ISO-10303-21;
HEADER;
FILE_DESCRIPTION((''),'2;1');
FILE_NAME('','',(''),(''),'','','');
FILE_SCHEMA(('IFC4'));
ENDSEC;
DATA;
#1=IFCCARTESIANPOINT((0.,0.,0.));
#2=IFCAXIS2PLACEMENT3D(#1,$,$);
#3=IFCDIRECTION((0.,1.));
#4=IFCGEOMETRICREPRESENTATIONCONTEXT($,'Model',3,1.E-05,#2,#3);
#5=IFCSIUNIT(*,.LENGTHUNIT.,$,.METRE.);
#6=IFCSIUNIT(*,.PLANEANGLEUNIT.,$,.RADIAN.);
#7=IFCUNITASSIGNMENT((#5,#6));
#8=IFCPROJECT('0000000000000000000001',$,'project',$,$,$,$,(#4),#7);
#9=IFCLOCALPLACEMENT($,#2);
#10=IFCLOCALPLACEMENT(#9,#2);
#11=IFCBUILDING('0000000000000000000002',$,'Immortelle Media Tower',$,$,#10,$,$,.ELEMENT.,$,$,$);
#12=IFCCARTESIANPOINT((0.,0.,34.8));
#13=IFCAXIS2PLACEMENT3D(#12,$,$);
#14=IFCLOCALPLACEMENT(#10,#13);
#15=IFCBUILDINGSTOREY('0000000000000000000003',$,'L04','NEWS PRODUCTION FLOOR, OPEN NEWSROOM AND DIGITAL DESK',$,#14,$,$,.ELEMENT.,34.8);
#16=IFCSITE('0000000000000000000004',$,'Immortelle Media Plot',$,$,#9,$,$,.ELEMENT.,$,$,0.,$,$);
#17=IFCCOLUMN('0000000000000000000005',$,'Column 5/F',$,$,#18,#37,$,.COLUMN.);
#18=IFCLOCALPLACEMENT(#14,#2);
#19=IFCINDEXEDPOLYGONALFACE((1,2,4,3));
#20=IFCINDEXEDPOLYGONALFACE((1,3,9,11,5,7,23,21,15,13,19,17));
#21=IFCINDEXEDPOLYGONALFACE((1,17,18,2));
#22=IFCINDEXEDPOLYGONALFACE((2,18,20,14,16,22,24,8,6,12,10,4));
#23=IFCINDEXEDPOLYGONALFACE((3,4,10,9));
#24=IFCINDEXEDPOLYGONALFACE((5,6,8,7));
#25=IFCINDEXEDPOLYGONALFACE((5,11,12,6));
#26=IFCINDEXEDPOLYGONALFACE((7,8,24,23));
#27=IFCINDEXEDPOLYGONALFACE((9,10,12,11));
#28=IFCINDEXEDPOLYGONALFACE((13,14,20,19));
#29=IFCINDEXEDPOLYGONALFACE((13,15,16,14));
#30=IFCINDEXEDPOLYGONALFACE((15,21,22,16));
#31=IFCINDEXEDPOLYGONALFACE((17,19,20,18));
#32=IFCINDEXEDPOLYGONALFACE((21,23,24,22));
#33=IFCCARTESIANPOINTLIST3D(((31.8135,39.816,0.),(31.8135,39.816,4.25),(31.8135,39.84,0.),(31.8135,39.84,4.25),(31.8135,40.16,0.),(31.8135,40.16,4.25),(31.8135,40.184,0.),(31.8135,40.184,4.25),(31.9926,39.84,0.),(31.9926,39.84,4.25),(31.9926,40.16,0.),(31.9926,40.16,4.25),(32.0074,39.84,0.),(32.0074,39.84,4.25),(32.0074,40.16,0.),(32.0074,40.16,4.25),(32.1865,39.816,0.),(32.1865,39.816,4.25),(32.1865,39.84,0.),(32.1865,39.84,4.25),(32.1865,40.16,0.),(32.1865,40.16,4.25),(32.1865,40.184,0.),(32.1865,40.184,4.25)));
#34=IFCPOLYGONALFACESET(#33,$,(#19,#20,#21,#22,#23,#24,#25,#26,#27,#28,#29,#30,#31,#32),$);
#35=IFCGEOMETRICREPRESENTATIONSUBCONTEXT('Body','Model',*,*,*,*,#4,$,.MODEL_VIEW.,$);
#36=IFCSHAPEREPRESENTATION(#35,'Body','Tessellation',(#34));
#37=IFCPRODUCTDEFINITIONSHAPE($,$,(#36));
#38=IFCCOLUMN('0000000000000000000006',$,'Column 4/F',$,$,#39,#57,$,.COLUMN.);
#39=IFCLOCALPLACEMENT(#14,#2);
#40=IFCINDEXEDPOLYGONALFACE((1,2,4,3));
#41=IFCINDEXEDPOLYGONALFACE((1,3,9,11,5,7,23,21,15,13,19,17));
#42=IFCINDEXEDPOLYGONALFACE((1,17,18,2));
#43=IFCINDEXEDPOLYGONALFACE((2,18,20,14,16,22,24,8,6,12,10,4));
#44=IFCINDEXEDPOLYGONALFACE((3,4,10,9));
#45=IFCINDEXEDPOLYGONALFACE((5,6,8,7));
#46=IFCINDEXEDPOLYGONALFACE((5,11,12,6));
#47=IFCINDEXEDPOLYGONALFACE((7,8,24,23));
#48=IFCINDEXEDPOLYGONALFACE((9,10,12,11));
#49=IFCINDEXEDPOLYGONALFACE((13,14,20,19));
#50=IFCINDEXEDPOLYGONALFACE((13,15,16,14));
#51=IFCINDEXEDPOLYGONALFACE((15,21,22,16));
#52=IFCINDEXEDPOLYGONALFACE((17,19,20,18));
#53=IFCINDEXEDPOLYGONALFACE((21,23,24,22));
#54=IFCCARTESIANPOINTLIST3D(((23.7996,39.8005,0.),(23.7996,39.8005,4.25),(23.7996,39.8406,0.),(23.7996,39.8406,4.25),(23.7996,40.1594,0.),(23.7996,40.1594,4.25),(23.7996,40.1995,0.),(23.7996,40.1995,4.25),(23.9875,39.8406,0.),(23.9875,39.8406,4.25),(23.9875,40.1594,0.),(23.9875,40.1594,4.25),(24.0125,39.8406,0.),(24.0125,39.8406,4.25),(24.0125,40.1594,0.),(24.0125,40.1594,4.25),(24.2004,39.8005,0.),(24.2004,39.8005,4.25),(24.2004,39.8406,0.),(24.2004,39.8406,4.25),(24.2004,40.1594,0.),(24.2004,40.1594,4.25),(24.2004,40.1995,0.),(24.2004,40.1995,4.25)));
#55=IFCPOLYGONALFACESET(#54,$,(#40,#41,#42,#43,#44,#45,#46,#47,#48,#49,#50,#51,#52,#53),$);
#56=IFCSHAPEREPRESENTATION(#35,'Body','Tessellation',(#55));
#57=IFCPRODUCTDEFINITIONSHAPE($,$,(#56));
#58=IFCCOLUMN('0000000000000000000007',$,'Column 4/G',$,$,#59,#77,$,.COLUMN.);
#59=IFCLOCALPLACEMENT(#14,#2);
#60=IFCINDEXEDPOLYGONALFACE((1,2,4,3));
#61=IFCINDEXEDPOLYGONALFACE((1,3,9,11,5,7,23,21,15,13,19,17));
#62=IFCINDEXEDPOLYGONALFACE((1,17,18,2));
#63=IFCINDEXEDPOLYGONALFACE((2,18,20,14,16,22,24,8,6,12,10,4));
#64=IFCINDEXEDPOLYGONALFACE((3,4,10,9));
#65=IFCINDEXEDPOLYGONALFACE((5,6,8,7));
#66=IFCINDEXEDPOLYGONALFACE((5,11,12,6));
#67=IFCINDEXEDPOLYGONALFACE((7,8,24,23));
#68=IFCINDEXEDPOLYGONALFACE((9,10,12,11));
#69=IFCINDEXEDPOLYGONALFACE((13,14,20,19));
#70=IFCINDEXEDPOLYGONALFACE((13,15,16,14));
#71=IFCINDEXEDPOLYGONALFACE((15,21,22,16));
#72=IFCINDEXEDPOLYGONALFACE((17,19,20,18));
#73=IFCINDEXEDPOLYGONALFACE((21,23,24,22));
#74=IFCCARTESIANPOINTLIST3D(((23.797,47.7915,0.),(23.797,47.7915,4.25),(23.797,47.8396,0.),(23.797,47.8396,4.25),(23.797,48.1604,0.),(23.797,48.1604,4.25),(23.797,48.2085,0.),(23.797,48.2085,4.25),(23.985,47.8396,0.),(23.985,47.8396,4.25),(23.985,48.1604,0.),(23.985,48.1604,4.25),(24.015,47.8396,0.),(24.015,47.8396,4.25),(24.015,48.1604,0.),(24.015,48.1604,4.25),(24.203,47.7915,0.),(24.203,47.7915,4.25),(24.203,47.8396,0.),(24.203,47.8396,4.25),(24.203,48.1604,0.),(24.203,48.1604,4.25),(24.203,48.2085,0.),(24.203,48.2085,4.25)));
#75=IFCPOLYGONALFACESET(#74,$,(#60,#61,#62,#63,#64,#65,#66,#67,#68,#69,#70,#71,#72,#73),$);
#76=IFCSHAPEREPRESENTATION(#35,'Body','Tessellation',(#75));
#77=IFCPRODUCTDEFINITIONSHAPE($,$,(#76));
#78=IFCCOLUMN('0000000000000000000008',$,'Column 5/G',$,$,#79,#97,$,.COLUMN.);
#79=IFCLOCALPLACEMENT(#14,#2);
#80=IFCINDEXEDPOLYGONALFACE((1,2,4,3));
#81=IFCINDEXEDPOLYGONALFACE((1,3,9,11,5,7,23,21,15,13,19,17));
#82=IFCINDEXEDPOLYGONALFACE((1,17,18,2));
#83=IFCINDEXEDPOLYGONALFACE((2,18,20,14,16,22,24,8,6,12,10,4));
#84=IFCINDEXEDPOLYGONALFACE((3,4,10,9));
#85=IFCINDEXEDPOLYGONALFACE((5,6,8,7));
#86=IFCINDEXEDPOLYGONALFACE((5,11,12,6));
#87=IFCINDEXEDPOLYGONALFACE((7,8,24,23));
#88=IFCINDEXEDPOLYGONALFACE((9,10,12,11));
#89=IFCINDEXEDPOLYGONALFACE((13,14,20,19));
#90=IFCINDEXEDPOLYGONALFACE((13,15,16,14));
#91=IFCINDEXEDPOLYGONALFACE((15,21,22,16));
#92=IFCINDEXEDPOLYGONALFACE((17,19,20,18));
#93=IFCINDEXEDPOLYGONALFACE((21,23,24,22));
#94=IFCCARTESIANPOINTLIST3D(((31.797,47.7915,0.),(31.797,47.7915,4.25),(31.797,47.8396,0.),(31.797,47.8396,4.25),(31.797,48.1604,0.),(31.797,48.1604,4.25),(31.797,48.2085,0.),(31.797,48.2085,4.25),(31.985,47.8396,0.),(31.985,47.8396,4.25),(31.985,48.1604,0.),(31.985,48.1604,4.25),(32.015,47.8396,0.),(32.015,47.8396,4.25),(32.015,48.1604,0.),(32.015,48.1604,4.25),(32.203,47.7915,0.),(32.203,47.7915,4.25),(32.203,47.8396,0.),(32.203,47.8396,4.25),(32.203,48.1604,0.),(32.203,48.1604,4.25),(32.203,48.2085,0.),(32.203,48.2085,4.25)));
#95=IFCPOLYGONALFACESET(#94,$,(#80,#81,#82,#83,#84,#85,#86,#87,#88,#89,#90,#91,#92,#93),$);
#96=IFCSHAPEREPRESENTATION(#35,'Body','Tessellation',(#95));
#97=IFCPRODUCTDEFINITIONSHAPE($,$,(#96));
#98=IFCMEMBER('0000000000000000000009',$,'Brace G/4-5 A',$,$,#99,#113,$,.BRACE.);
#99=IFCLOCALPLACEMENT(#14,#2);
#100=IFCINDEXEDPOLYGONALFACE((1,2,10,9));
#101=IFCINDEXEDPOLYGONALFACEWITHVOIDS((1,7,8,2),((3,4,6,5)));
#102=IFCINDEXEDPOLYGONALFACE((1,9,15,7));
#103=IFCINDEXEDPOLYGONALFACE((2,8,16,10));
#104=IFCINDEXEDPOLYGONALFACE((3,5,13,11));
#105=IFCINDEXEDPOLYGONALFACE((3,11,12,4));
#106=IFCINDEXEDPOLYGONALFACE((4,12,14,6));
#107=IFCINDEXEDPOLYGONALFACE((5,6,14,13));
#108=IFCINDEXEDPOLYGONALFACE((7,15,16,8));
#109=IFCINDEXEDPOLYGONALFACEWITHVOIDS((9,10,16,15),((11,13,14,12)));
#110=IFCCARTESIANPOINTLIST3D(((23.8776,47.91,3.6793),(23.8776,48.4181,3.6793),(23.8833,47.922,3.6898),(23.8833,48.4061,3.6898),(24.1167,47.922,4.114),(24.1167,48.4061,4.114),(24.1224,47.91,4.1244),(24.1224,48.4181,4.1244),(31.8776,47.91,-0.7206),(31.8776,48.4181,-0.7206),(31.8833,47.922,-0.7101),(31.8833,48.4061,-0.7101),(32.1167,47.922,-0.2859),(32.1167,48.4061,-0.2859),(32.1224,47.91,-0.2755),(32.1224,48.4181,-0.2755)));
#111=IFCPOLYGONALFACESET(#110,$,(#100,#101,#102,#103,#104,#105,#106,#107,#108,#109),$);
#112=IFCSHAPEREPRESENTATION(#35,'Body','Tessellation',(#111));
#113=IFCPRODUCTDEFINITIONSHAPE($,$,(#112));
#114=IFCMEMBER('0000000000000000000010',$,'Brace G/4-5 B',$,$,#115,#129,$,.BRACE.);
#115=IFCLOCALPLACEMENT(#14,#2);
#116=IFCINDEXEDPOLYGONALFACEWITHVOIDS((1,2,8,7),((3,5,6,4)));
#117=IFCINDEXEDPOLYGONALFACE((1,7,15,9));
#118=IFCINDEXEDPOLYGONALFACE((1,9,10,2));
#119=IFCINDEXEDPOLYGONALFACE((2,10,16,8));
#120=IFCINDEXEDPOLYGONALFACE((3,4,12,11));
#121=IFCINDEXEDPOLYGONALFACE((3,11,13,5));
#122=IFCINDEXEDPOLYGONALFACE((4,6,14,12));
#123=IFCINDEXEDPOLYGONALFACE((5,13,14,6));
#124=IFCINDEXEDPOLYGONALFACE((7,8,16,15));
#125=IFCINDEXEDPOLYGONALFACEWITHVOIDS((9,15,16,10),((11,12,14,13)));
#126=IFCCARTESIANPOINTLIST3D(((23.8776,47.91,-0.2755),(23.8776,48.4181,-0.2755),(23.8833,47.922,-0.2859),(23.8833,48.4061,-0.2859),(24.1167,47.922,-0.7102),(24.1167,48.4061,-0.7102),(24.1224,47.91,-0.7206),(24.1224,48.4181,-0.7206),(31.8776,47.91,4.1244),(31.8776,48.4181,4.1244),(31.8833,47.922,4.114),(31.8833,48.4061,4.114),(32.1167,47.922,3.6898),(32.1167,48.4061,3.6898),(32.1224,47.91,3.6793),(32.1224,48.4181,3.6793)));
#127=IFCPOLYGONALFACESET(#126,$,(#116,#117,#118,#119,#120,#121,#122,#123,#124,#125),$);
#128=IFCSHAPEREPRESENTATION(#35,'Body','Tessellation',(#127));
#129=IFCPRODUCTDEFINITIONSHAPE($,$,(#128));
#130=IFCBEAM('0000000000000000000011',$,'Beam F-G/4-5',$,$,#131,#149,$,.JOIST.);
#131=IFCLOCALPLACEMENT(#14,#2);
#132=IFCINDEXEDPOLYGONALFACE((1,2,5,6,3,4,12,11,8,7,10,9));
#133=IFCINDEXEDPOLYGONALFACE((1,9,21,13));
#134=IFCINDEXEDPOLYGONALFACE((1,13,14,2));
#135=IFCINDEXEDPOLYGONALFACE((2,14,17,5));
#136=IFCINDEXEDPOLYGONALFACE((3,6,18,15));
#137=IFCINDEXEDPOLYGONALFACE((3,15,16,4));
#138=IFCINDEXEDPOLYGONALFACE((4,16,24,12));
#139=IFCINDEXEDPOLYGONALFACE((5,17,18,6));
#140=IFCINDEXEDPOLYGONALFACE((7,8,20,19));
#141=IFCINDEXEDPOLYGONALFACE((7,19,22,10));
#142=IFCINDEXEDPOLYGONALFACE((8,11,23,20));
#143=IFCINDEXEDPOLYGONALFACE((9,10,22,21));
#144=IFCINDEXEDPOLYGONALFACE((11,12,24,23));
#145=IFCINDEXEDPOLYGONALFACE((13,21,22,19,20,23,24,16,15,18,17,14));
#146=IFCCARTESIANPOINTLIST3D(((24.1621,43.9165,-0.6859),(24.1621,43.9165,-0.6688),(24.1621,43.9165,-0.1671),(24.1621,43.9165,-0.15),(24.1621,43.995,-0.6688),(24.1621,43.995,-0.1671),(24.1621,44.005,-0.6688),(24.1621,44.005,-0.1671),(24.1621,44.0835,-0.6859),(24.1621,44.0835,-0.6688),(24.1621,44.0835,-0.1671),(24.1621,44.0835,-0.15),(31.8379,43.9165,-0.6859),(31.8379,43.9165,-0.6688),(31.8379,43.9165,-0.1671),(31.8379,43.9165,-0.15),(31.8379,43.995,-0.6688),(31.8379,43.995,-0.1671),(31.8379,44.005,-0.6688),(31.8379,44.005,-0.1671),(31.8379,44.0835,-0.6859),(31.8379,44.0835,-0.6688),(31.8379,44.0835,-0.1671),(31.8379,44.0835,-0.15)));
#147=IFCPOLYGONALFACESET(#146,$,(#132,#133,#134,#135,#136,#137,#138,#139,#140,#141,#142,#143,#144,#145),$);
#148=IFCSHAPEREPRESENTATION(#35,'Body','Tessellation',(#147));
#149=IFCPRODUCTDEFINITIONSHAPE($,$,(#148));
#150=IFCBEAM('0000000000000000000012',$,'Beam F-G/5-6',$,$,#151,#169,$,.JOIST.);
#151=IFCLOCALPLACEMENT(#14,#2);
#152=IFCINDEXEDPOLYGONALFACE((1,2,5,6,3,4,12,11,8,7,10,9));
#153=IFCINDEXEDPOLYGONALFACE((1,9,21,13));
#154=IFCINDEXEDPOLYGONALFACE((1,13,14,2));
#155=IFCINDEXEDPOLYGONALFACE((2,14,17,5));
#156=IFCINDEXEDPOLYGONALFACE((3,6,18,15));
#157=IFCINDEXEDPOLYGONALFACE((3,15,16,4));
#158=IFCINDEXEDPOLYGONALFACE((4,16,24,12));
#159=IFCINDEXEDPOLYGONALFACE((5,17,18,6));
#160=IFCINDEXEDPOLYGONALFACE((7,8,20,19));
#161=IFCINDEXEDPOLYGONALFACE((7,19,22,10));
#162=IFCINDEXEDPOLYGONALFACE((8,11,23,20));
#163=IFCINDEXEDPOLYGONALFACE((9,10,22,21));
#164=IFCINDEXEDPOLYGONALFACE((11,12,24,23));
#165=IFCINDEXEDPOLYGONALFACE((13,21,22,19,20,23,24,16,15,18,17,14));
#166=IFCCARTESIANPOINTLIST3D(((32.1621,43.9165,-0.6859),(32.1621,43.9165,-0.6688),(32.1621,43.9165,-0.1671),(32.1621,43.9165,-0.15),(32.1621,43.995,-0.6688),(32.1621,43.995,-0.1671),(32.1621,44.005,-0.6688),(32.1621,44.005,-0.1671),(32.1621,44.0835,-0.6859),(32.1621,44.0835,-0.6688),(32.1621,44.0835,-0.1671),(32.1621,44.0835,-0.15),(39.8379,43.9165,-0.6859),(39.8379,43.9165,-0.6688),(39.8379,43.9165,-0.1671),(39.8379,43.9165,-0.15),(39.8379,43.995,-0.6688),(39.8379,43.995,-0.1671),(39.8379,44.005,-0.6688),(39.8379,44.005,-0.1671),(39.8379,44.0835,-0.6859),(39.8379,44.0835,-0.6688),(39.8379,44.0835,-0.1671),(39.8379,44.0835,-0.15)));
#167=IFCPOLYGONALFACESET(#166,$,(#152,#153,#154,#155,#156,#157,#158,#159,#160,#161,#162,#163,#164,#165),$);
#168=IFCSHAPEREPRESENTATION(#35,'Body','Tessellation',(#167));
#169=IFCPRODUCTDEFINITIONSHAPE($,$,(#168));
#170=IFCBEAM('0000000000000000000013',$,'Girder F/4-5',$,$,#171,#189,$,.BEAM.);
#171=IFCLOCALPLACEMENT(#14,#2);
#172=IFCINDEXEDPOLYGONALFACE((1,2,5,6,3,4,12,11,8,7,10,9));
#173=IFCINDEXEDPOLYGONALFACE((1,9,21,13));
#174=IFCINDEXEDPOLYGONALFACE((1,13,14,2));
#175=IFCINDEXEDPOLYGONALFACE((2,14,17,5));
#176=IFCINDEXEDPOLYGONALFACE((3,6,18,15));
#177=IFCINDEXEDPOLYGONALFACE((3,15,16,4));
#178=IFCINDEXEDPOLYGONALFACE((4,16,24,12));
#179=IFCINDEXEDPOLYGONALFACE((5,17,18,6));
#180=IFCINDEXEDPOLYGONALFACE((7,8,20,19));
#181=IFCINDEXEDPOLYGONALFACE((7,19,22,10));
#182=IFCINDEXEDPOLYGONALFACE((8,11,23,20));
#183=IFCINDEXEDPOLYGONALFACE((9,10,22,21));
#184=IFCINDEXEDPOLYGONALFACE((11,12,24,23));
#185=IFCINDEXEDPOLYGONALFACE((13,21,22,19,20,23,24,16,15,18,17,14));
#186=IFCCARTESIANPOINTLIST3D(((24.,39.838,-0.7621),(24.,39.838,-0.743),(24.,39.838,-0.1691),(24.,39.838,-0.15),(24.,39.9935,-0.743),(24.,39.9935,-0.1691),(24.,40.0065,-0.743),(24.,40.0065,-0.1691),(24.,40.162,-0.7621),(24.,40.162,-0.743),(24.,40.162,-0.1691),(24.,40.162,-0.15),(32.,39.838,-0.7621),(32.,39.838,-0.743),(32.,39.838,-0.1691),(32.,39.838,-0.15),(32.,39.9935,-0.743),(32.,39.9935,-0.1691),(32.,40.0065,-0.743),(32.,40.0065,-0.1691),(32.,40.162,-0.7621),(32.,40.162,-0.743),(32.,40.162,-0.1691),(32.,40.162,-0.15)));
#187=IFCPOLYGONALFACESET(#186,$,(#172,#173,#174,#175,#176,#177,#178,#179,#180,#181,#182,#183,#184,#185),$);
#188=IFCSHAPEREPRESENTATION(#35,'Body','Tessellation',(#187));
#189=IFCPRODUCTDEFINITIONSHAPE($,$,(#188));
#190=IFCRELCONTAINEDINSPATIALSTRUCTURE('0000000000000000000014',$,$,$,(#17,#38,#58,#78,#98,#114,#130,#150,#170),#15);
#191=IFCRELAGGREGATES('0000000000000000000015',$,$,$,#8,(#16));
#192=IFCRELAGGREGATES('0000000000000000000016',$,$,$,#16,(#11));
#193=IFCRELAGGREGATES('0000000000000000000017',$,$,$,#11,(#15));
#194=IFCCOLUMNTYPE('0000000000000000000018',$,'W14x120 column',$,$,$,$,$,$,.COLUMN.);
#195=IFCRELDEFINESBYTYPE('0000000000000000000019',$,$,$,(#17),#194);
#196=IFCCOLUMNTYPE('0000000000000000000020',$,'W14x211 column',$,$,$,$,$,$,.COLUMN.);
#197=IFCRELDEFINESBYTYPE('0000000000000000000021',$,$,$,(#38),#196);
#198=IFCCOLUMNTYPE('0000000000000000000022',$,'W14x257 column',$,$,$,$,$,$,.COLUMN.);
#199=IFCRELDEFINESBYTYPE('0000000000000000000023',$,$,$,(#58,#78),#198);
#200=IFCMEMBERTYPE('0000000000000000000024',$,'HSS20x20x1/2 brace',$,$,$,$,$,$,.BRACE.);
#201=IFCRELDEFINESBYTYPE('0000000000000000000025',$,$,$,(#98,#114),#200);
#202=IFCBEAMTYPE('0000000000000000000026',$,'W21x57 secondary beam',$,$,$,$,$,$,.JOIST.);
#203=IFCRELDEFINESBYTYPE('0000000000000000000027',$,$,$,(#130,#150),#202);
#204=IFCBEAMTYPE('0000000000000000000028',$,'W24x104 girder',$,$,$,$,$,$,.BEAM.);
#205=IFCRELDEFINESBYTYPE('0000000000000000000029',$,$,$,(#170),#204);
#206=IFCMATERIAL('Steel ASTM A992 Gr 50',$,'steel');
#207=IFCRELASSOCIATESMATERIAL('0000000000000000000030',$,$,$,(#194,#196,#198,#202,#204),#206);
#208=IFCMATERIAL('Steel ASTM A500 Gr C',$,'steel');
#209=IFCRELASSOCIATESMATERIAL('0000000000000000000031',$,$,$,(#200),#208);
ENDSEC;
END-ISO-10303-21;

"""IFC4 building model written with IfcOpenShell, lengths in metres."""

from ifc_helpers import new_model, si_unit, direction, frame, origin, origin_2d, place, context, subcontext, project, spatial, hollow_rectangle, i_section, extrude, material, material_profile, profile_set, type_object, element, save


model = new_model("IFC4")

# Units and contexts
model_context = context("Model", 3, precision=1e-05, world=origin(), true_north=direction((0.0, 1.0)))
body_context = subcontext(model_context, "Body", "Model", "MODEL_VIEW")
ifc_project = project(units=[si_unit("LENGTHUNIT", "METRE"), si_unit("PLANEANGLEUNIT", "RADIAN")], contexts=[model_context])

# Site, building, storey
site_placement = place(None, origin())
site = spatial("IfcSite", under=ifc_project, at=site_placement, Name="Immortelle Media Plot", CompositionType="ELEMENT", RefElevation=0.0)
building_placement = place(site_placement, origin())
building = spatial("IfcBuilding", under=site, at=building_placement, Name="Immortelle Media Tower", CompositionType="ELEMENT")
storey_placement = place(building_placement, frame((0.0, 0.0, 34.8)))
storey = spatial("IfcBuildingStorey", under=building, at=storey_placement, Name="L04", Description="NEWS PRODUCTION FLOOR, OPEN NEWSROOM AND DIGITAL DESK", CompositionType="ELEMENT", Elevation=34.8)

# Columns
ifc_material_1 = material(Name="Steel ASTM A992 Gr 50", Category="steel")
ifc_material_profile_1 = material_profile(ifc_material_1, i_section(OverallWidth=0.373, OverallDepth=0.3679, WebThickness=0.0149, FlangeThickness=0.0239, at=origin_2d()), Name="W14x120")
ifc_profile_set_1 = profile_set([ifc_material_profile_1], Name="Steel ASTM A992 Gr 50")
column_type_1 = type_object("IfcColumnType", Name="W14x120 column", PredefinedType="COLUMN", material=ifc_profile_set_1)
column_1_placement = place(storey_placement, frame((32.0, 40.0, 0.0), z_axis=(0.0, 0.0, 1.0), x_axis=(1.0, 0.0, 0.0)))
element("IfcColumn", 1, at=column_1_placement, inside=storey, type_object=column_type_1, Name="Column 5/F", PredefinedType="COLUMN", context=body_context, shape_type="SweptSolid", body=[
    extrude(i_section(OverallWidth=0.373, OverallDepth=0.3679, WebThickness=0.0149, FlangeThickness=0.0239, at=origin_2d()), origin(), (0.0, 0.0, 1.0), 4.25),
])
ifc_material_profile_2 = material_profile(ifc_material_1, i_section(OverallWidth=0.4009, OverallDepth=0.3989, WebThickness=0.0249, FlangeThickness=0.04, at=origin_2d()), Name="W14x211")
ifc_profile_set_2 = profile_set([ifc_material_profile_2], Name="Steel ASTM A992 Gr 50")
column_type_2 = type_object("IfcColumnType", Name="W14x211 column", PredefinedType="COLUMN", material=ifc_profile_set_2)
column_2_placement = place(storey_placement, frame((24.0, 40.0, 0.0), z_axis=(0.0, 0.0, 1.0), x_axis=(1.0, 0.0, 0.0)))
element("IfcColumn", 2, at=column_2_placement, inside=storey, type_object=column_type_2, Name="Column 4/F", PredefinedType="COLUMN", context=body_context, shape_type="SweptSolid", body=[
    extrude(i_section(OverallWidth=0.4009, OverallDepth=0.3989, WebThickness=0.0249, FlangeThickness=0.04, at=origin_2d()), origin(), (0.0, 0.0, 1.0), 4.25),
])
ifc_material_profile_3 = material_profile(ifc_material_1, i_section(OverallWidth=0.406, OverallDepth=0.417, WebThickness=0.03, FlangeThickness=0.0481, at=origin_2d()), Name="W14x257")
ifc_profile_set_3 = profile_set([ifc_material_profile_3], Name="Steel ASTM A992 Gr 50")
column_type_3 = type_object("IfcColumnType", Name="W14x257 column", PredefinedType="COLUMN", material=ifc_profile_set_3)
for number, where, z_axis, x_axis, name in (
    (3, (24.0, 48.0, 0.0), (0.0, 0.0, 1.0), (1.0, 0.0, 0.0), "Column 4/G"),
    (4, (32.0, 48.0, 0.0), (0.0, 0.0, 1.0), (1.0, 0.0, 0.0), "Column 5/G"),
):
    element("IfcColumn", number, at=place(storey_placement, frame(where, z_axis=z_axis, x_axis=x_axis)), inside=storey, type_object=column_type_3, Name=name, PredefinedType="COLUMN", context=body_context, shape_type="SweptSolid", body=[
        extrude(i_section(OverallWidth=0.406, OverallDepth=0.417, WebThickness=0.03, FlangeThickness=0.0481, at=origin_2d()), origin(), (0.0, 0.0, 1.0), 4.25),
    ])

# Members
ifc_material_2 = material(Name="Steel ASTM A500 Gr C", Category="steel")
ifc_material_profile_4 = material_profile(ifc_material_2, hollow_rectangle(XDim=0.5081, YDim=0.5081, WallThickness=0.012, at=origin_2d()), Name="HSS20x20x1/2 brace")
ifc_profile_set_4 = profile_set([ifc_material_profile_4], Name="Steel ASTM A500 Gr C")
member_type = type_object("IfcMemberType", Name="HSS20x20x1/2 brace", PredefinedType="BRACE", material=ifc_profile_set_4)
for number, where, z_axis, x_axis, name in (
    (5, (32.0, 48.1641, -0.498), (-0.87622, 0.0, 0.481911), (0.0, -1.0, 0.0), "Brace G/4-5 A"),
    (6, (32.0, 48.1641, 3.9019), (-0.87622, 0.0, -0.481911), (0.0, -1.0, 0.0), "Brace G/4-5 B"),
):
    element("IfcMember", number, at=place(storey_placement, frame(where, z_axis=z_axis, x_axis=x_axis)), inside=storey, type_object=member_type, Name=name, PredefinedType="BRACE", context=body_context, shape_type="SweptSolid", body=[
        extrude(hollow_rectangle(XDim=0.5081, YDim=0.5081, WallThickness=0.012, at=origin_2d()), origin(), (0.0, 0.0, 1.0), 9.1301),
    ])

# Beams
ifc_material_profile_5 = material_profile(ifc_material_1, i_section(OverallWidth=0.167, OverallDepth=0.5359, WebThickness=0.01, FlangeThickness=0.0171, at=origin_2d()), Name="W21x57")
ifc_profile_set_5 = profile_set([ifc_material_profile_5], Name="Steel ASTM A992 Gr 50")
beam_type_1 = type_object("IfcBeamType", Name="W21x57 secondary beam", PredefinedType="JOIST", material=ifc_profile_set_5)
for number, where, z_axis, x_axis, name in (
    (7, (24.1621, 44.0, -0.418), (1.0, 0.0, 0.0), (0.0, 1.0, 0.0), "Beam F-G/4-5"),
    (8, (32.1621, 44.0, -0.418), (1.0, 0.0, 0.0), (0.0, 1.0, 0.0), "Beam F-G/5-6"),
):
    element("IfcBeam", number, at=place(storey_placement, frame(where, z_axis=z_axis, x_axis=x_axis)), inside=storey, type_object=beam_type_1, Name=name, PredefinedType="JOIST", context=body_context, shape_type="SweptSolid", body=[
        extrude(i_section(OverallWidth=0.167, OverallDepth=0.5359, WebThickness=0.01, FlangeThickness=0.0171, at=origin_2d()), origin(), (0.0, 0.0, 1.0), 7.6758),
    ])
ifc_material_profile_6 = material_profile(ifc_material_1, i_section(OverallWidth=0.324, OverallDepth=0.6121, WebThickness=0.0129, FlangeThickness=0.019, at=origin_2d()), Name="W24x104")
ifc_profile_set_6 = profile_set([ifc_material_profile_6], Name="Steel ASTM A992 Gr 50")
beam_type_2 = type_object("IfcBeamType", Name="W24x104 girder", PredefinedType="BEAM", material=ifc_profile_set_6)
for number, where, z_axis, x_axis, name in (
    (9, (24.0, 40.0, -0.4561), (1.0, 0.0, 0.0), (0.0, 1.0, 0.0), "Girder F/4-5"),
):
    element("IfcBeam", number, at=place(storey_placement, frame(where, z_axis=z_axis, x_axis=x_axis)), inside=storey, type_object=beam_type_2, Name=name, PredefinedType="BEAM", context=body_context, shape_type="SweptSolid", body=[
        extrude(i_section(OverallWidth=0.324, OverallDepth=0.6121, WebThickness=0.0129, FlangeThickness=0.019, at=origin_2d()), origin(), (0.0, 0.0, 1.0), 8.0),
    ])

save(model, "model.ifc")
